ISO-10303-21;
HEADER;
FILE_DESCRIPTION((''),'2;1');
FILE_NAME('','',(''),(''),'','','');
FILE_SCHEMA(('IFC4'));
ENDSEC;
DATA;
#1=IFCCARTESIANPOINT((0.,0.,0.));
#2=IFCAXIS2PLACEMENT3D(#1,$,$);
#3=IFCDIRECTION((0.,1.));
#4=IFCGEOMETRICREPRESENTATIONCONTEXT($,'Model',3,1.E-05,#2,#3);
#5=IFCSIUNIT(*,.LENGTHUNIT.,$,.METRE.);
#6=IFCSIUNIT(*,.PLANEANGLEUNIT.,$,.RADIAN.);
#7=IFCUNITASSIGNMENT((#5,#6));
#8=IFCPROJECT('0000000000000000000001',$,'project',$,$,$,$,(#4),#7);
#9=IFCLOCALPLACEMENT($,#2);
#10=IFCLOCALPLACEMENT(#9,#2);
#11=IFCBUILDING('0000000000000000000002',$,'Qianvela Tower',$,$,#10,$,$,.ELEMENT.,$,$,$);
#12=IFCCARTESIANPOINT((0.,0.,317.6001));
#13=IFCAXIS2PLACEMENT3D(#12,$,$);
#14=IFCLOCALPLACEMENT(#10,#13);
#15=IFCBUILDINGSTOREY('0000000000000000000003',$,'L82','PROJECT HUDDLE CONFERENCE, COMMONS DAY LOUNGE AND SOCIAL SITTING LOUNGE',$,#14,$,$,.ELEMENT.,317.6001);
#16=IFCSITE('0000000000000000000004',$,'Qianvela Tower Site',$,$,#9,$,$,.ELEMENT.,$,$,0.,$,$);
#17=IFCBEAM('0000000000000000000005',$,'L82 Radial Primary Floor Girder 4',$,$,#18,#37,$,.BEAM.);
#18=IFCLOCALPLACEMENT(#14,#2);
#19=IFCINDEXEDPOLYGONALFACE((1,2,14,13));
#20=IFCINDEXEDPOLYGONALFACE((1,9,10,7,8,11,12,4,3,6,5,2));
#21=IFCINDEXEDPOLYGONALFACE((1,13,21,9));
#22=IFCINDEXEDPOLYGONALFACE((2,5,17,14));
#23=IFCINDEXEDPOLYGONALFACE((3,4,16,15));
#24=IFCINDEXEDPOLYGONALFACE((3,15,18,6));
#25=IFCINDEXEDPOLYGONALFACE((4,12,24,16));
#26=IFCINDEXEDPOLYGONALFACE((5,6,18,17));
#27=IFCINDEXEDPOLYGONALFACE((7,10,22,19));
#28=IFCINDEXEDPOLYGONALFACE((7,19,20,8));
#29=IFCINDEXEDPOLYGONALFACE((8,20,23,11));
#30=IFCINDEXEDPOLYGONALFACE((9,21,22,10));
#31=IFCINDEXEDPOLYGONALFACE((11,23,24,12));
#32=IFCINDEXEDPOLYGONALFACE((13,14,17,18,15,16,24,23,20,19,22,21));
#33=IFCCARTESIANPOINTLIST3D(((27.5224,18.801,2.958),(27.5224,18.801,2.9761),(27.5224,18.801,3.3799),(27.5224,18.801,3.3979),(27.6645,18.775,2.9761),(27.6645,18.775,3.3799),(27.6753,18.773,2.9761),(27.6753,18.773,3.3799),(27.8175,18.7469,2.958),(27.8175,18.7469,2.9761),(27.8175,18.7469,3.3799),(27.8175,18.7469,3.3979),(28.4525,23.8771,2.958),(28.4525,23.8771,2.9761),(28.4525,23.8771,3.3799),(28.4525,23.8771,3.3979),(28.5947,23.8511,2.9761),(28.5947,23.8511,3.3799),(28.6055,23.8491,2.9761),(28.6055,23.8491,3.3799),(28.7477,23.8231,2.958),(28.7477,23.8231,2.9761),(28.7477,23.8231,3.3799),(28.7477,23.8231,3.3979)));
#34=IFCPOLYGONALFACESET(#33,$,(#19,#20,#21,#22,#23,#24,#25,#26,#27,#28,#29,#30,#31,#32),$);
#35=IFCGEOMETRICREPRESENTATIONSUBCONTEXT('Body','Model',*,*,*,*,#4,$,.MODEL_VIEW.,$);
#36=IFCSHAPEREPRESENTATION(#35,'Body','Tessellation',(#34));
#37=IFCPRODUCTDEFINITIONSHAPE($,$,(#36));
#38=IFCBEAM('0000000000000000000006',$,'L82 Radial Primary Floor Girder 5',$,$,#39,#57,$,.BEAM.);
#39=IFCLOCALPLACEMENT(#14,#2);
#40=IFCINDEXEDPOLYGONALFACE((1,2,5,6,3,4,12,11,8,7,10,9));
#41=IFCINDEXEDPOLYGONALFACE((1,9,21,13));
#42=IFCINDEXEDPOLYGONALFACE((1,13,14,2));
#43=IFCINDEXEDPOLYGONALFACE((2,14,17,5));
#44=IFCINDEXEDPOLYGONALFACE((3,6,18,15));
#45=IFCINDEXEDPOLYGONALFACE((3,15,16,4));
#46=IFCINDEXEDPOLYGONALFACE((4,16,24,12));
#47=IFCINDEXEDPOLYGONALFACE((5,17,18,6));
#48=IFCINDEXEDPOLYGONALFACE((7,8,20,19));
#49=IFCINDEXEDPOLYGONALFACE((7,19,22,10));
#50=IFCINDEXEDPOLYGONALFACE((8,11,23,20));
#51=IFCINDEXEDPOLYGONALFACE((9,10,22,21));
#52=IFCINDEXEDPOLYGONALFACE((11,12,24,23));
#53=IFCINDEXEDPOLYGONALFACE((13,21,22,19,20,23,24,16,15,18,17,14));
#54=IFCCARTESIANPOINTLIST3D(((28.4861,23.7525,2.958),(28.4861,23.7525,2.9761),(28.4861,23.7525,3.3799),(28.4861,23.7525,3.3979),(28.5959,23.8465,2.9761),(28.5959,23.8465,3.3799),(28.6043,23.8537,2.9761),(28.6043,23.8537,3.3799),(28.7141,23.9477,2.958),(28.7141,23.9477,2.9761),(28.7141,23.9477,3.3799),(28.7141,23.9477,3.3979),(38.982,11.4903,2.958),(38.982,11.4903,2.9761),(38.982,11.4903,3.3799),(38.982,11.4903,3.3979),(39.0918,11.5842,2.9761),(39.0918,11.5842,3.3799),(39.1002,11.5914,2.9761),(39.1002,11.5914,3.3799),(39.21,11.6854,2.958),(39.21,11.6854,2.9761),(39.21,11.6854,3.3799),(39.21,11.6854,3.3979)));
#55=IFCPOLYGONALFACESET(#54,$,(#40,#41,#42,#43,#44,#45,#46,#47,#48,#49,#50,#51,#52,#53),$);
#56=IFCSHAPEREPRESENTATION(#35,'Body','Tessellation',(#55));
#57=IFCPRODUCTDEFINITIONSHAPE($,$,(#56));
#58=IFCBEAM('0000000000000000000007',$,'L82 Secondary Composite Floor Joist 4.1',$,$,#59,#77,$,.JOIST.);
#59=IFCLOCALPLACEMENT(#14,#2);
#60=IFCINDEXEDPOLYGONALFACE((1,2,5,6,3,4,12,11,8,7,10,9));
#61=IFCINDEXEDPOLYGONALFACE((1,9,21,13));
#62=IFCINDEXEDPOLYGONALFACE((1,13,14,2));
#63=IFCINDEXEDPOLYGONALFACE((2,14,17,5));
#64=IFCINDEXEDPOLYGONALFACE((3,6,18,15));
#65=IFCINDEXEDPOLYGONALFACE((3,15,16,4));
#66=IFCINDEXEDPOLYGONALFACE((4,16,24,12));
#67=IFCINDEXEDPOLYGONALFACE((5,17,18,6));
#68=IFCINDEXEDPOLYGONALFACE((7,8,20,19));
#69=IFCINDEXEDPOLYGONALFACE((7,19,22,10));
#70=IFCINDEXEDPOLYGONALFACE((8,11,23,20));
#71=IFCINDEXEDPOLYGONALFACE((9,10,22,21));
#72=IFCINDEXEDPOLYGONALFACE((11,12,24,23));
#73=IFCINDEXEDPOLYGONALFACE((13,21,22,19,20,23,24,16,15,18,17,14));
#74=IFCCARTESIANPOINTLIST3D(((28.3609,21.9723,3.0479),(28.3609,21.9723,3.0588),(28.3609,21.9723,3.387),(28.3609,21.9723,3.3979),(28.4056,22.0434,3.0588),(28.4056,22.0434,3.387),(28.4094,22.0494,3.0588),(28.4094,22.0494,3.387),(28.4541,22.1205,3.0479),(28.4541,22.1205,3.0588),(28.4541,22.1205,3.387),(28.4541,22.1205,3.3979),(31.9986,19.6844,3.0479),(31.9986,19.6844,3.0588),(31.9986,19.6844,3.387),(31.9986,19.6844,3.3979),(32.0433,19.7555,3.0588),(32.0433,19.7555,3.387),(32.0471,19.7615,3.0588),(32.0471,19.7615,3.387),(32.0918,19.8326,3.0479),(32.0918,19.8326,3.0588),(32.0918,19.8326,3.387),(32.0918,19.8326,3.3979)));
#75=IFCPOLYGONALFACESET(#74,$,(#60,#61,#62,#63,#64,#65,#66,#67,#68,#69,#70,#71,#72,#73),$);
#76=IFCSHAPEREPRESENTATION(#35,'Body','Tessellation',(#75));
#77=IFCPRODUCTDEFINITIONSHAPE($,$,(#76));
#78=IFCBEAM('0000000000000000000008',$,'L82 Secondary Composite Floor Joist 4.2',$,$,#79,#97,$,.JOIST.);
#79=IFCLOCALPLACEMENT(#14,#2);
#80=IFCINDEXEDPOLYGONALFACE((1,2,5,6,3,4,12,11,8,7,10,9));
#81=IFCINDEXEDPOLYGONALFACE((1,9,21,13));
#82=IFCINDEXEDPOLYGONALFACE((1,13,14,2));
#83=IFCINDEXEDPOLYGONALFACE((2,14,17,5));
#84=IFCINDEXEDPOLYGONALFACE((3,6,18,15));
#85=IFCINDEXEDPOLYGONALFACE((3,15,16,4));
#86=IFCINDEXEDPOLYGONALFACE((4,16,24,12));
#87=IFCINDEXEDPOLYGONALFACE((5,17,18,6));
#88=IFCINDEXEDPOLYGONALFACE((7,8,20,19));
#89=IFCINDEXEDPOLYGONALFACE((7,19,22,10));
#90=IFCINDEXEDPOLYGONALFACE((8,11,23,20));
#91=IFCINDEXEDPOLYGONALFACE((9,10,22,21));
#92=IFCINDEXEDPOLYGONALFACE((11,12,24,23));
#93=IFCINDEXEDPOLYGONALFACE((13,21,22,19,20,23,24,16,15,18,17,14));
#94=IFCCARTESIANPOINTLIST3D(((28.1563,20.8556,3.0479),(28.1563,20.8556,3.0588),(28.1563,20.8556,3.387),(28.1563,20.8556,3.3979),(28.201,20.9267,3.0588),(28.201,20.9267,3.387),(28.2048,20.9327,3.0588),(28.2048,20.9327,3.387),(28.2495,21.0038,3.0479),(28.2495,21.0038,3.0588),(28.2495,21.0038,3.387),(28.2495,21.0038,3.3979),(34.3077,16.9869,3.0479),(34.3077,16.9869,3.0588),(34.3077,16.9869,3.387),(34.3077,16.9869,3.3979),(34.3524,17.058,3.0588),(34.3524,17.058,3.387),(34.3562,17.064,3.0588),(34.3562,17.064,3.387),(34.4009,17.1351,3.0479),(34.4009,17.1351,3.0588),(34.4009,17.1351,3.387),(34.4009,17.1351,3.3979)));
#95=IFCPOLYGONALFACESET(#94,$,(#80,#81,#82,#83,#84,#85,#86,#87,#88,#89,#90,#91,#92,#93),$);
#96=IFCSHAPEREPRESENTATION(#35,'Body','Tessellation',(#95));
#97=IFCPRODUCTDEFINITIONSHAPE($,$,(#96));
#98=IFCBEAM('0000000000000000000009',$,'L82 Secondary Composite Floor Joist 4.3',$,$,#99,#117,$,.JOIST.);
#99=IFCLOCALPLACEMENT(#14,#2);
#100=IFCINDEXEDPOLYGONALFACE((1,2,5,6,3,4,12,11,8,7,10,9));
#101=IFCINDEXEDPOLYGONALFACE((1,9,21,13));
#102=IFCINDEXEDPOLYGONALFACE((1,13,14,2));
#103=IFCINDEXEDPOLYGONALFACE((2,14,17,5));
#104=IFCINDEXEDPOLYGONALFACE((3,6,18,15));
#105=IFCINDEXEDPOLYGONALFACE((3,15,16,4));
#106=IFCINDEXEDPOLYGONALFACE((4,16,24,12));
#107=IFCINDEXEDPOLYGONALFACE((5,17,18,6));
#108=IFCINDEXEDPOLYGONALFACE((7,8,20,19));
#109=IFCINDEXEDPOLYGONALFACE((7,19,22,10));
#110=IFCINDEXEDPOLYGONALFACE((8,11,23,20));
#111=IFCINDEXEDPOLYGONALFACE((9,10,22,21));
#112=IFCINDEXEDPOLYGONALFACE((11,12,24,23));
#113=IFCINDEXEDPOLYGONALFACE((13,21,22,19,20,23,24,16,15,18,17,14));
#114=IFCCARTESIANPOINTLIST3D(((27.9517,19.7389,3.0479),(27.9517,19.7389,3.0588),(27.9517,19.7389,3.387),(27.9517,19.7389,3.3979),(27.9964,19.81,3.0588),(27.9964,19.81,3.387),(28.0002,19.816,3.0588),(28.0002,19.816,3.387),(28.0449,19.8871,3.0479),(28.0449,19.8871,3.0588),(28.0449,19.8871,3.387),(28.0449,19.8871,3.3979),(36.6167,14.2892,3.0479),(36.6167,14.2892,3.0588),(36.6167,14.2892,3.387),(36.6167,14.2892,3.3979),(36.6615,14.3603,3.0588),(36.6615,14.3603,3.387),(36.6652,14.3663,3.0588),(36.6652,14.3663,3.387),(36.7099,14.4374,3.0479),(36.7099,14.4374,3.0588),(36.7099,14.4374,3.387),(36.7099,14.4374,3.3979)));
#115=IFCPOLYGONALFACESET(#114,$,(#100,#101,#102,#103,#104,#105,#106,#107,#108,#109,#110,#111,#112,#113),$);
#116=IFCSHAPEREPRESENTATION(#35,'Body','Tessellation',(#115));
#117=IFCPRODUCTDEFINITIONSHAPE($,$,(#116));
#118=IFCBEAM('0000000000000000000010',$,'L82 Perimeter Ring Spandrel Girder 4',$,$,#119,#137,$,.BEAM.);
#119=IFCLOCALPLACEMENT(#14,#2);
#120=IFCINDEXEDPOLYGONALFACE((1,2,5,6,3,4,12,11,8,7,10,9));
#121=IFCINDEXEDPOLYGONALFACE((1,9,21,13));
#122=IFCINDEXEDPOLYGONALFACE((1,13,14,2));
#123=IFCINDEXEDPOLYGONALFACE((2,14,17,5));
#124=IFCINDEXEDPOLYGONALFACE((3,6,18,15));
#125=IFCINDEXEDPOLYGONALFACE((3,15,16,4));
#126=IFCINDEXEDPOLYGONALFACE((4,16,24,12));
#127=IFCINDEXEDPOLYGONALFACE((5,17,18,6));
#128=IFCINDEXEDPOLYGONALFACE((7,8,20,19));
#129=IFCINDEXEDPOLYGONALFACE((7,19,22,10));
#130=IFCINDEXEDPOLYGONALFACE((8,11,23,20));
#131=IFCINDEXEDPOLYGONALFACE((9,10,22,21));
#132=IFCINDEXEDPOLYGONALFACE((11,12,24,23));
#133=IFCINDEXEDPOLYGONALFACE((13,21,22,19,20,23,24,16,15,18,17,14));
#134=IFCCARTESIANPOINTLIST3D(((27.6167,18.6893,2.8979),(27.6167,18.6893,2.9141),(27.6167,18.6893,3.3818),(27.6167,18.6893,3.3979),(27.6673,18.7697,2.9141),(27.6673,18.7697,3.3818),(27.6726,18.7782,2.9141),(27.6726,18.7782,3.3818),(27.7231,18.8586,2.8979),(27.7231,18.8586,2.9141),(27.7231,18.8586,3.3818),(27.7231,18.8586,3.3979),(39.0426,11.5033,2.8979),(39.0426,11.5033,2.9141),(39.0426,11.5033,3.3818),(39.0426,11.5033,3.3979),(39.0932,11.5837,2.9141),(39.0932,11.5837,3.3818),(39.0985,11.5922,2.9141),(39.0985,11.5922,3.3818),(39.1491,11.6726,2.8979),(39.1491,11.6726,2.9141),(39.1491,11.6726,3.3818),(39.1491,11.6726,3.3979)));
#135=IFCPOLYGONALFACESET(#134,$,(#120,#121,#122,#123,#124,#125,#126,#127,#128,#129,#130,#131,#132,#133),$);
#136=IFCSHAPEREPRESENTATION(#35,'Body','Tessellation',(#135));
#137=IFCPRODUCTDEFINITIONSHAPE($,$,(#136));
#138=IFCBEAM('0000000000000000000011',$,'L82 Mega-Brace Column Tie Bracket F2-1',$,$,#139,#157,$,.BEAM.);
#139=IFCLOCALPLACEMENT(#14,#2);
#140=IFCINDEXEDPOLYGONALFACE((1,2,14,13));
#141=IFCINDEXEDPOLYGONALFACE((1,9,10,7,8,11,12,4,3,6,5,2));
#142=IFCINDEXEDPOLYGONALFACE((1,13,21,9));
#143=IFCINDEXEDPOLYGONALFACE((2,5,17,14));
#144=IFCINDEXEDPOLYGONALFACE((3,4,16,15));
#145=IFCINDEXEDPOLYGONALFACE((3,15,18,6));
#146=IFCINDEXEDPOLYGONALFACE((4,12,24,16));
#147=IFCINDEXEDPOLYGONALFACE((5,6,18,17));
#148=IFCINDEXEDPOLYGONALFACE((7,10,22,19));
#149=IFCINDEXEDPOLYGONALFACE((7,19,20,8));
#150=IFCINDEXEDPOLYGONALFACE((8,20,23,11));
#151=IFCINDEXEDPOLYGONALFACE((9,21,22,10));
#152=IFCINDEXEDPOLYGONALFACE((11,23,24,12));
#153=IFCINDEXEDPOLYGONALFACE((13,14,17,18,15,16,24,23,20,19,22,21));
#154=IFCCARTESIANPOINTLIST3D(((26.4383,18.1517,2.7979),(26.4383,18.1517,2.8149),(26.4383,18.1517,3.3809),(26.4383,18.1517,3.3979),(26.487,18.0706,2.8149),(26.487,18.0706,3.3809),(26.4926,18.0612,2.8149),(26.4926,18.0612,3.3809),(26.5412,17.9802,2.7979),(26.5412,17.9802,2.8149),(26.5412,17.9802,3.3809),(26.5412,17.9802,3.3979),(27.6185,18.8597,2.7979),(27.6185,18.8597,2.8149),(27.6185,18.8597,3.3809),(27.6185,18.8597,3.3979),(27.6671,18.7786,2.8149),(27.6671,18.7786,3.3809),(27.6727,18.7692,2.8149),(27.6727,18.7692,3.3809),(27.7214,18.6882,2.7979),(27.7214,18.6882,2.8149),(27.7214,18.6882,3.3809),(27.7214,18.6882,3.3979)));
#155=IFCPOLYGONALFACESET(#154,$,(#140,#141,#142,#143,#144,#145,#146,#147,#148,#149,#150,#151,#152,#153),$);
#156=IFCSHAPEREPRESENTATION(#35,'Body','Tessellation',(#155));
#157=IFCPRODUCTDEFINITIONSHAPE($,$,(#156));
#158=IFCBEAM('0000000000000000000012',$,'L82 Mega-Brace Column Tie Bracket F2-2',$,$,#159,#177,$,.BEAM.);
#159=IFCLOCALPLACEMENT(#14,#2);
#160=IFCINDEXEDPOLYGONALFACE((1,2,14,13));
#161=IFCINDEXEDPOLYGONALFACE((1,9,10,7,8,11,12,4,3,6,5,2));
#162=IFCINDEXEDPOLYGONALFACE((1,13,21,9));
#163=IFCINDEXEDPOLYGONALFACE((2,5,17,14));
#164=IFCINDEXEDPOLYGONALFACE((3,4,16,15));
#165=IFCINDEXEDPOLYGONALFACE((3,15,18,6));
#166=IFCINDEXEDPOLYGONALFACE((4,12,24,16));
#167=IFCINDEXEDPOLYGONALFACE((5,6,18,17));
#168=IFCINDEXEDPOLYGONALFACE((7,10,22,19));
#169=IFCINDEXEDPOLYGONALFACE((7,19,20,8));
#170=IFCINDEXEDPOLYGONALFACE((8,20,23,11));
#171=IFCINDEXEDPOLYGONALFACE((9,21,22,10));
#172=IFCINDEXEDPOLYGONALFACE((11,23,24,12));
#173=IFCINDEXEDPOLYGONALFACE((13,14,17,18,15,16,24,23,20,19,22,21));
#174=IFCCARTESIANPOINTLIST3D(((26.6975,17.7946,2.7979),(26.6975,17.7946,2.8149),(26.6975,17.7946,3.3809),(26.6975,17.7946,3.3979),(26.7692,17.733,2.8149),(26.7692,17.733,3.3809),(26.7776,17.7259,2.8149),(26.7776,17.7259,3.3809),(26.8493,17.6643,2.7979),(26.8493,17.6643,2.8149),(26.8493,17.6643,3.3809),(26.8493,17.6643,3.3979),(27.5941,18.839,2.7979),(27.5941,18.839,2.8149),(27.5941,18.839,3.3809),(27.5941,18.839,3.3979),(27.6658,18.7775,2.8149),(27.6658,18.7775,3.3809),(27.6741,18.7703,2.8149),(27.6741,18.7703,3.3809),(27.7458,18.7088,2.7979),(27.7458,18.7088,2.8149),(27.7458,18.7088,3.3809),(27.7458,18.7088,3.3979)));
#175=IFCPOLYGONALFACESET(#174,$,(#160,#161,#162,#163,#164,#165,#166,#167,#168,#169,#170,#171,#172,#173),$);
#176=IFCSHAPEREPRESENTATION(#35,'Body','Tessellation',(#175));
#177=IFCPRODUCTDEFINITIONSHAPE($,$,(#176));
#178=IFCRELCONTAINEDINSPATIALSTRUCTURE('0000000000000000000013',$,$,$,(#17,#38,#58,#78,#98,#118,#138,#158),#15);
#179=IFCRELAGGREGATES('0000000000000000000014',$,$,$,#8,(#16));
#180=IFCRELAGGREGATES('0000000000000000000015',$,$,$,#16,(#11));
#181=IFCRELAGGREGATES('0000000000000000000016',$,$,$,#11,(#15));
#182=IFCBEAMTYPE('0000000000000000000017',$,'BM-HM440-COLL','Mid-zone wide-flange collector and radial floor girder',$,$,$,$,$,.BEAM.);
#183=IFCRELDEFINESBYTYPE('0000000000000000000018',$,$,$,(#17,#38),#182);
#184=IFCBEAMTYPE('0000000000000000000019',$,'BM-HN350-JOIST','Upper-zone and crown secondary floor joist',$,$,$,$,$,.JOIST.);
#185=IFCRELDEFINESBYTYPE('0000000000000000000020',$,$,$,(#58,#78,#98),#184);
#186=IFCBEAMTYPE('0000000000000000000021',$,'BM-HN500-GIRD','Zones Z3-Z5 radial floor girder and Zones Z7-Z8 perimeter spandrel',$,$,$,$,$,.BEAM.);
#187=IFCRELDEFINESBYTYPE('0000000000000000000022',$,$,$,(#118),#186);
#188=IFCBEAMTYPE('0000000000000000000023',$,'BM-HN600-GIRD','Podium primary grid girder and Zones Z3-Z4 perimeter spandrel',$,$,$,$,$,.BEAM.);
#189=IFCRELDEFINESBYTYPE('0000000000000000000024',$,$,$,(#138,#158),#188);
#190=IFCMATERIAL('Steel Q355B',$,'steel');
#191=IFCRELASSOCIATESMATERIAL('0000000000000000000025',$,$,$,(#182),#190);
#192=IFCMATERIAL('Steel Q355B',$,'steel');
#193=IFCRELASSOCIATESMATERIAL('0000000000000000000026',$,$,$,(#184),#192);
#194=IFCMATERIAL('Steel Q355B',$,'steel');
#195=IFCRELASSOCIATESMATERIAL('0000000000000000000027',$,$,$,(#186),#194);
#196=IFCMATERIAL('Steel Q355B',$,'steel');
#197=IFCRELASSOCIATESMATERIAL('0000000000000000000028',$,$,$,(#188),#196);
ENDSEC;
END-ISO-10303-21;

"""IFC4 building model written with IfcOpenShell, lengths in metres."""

from ifc_helpers import new_model, si_unit, direction, frame, origin, origin_2d, place, context, subcontext, project, spatial, i_section, extrude, material, material_profile, profile_set, type_object, element, save


model = new_model("IFC4")

# Units and contexts
model_context = context("Model", 3, precision=1e-05, world=origin(), true_north=direction((0.0, 1.0)))
body_context = subcontext(model_context, "Body", "Model", "MODEL_VIEW")
ifc_project = project(units=[si_unit("LENGTHUNIT", "METRE"), si_unit("PLANEANGLEUNIT", "RADIAN")], contexts=[model_context])

# Site, building, storey
site_placement = place(None, origin())
site = spatial("IfcSite", under=ifc_project, at=site_placement, Name="Qianvela Tower Site", CompositionType="ELEMENT", RefElevation=0.0)
building_placement = place(site_placement, origin())
building = spatial("IfcBuilding", under=site, at=building_placement, Name="Qianvela Tower", CompositionType="ELEMENT")
storey_placement = place(building_placement, frame((0.0, 0.0, 317.6001)))
storey = spatial("IfcBuildingStorey", under=building, at=storey_placement, Name="L82", Description="PROJECT HUDDLE CONFERENCE, COMMONS DAY LOUNGE AND SOCIAL SITTING LOUNGE", CompositionType="ELEMENT", Elevation=317.6001)

# Beams
ifc_material_1 = material(Name="Steel Q355B", Category="steel")
ifc_material_profile_1 = material_profile(ifc_material_1, i_section(OverallWidth=0.3, OverallDepth=0.4399, WebThickness=0.011, FlangeThickness=0.0181, at=origin_2d()), Name="HM440x300x11x18")
ifc_profile_set_1 = profile_set([ifc_material_profile_1], Name="Steel Q355B")
beam_type_1 = type_object("IfcBeamType", Name="BM-HM440-COLL", Description="Mid-zone wide-flange collector and radial floor girder", PredefinedType="BEAM", material=ifc_profile_set_1)
beam_1_placement = place(storey_placement, frame((28.6001, 23.8501, 3.178), z_axis=(-0.180242, -0.983622, 0.0), x_axis=(0.983622, -0.180242, 0.0)))
element("IfcBeam", 1, at=beam_1_placement, inside=storey, type_object=beam_type_1, Name="L82 Radial Primary Floor Girder 4", PredefinedType="BEAM", context=body_context, shape_type="SweptSolid", body=[
    extrude(i_section(OverallWidth=0.3, OverallDepth=0.4399, WebThickness=0.011, FlangeThickness=0.0181, at=origin_2d()), origin(), (0.0, 0.0, 1.0), 5.1606),
])
beam_2_placement = place(storey_placement, frame((28.6001, 23.8501, 3.178), z_axis=(0.650269, -0.759704, 0.0), x_axis=(0.759704, 0.650269, 0.0)))
element("IfcBeam", 2, at=beam_2_placement, inside=storey, type_object=beam_type_1, Name="L82 Radial Primary Floor Girder 5", PredefinedType="BEAM", context=body_context, shape_type="SweptSolid", body=[
    extrude(i_section(OverallWidth=0.3, OverallDepth=0.4399, WebThickness=0.011, FlangeThickness=0.0181, at=origin_2d()), origin(), (0.0, 0.0, 1.0), 16.1409),
])
ifc_material_2 = material(Name="Steel Q355B", Category="steel")
ifc_material_profile_2 = material_profile(ifc_material_2, i_section(OverallWidth=0.175, OverallDepth=0.3501, WebThickness=0.0071, FlangeThickness=0.011, at=origin_2d()), Name="HN350x175x7x11")
ifc_profile_set_2 = profile_set([ifc_material_profile_2], Name="Steel Q355B")
beam_type_2 = type_object("IfcBeamType", Name="BM-HN350-JOIST", Description="Upper-zone and crown secondary floor joist", PredefinedType="JOIST", material=ifc_profile_set_2)
beam_3_placement = place(storey_placement, frame((28.4075, 22.0464, 3.2229), z_axis=(0.846501, -0.532387, 0.0), x_axis=(0.532387, 0.846501, 0.0)))
element("IfcBeam", 3, at=beam_3_placement, inside=storey, type_object=beam_type_2, Name="L82 Secondary Composite Floor Joist 4.1", PredefinedType="JOIST", context=body_context, shape_type="SweptSolid", body=[
    extrude(i_section(OverallWidth=0.175, OverallDepth=0.3501, WebThickness=0.0071, FlangeThickness=0.011, at=origin_2d()), origin(), (0.0, 0.0, 1.0), 4.2974),
])
beam_4_placement = place(storey_placement, frame((28.2029, 20.9297, 3.2229), z_axis=(0.846508, -0.532377, 0.0), x_axis=(0.532377, 0.846508, 0.0)))
element("IfcBeam", 4, at=beam_4_placement, inside=storey, type_object=beam_type_2, Name="L82 Secondary Composite Floor Joist 4.2", PredefinedType="JOIST", context=body_context, shape_type="SweptSolid", body=[
    extrude(i_section(OverallWidth=0.175, OverallDepth=0.3501, WebThickness=0.0071, FlangeThickness=0.011, at=origin_2d()), origin(), (0.0, 0.0, 1.0), 7.2668),
])
beam_5_placement = place(storey_placement, frame((27.9983, 19.813, 3.2229), z_axis=(0.8465, -0.532389, 0.0), x_axis=(0.532389, 0.8465, 0.0)))
element("IfcBeam", 5, at=beam_5_placement, inside=storey, type_object=beam_type_2, Name="L82 Secondary Composite Floor Joist 4.3", PredefinedType="JOIST", context=body_context, shape_type="SweptSolid", body=[
    extrude(i_section(OverallWidth=0.175, OverallDepth=0.3501, WebThickness=0.0071, FlangeThickness=0.011, at=origin_2d()), origin(), (0.0, 0.0, 1.0), 10.2363),
])
ifc_material_3 = material(Name="Steel Q355B", Category="steel")
ifc_material_profile_3 = material_profile(ifc_material_3, i_section(OverallWidth=0.2, OverallDepth=0.5, WebThickness=0.01, FlangeThickness=0.0161, at=origin_2d()), Name="HN500x200x10x16")
ifc_profile_set_3 = profile_set([ifc_material_profile_3], Name="Steel Q355B")
beam_type_3 = type_object("IfcBeamType", Name="BM-HN500-GIRD", Description="Zones Z3-Z5 radial floor girder and Zones Z7-Z8 perimeter spandrel", PredefinedType="BEAM", material=ifc_profile_set_3)
beam_6_placement = place(storey_placement, frame((27.6699, 18.7739, 3.1479), z_axis=(0.846504, -0.532382, 0.0), x_axis=(0.532382, 0.846504, 0.0)))
element("IfcBeam", 6, at=beam_6_placement, inside=storey, type_object=beam_type_3, Name="L82 Perimeter Ring Spandrel Girder 4", PredefinedType="BEAM", context=body_context, shape_type="SweptSolid", body=[
    extrude(i_section(OverallWidth=0.2, OverallDepth=0.5, WebThickness=0.01, FlangeThickness=0.0161, at=origin_2d()), origin(), (0.0, 0.0, 1.0), 13.4978),
])
ifc_material_4 = material(Name="Steel Q355B", Category="steel")
ifc_material_profile_4 = material_profile(ifc_material_4, i_section(OverallWidth=0.2, OverallDepth=0.6001, WebThickness=0.011, FlangeThickness=0.0171, at=origin_2d()), Name="HN600x200x11x17")
ifc_profile_set_4 = profile_set([ifc_material_profile_4], Name="Steel Q355B")
beam_type_4 = type_object("IfcBeamType", Name="BM-HN600-GIRD", Description="Podium primary grid girder and Zones Z3-Z4 perimeter spandrel", PredefinedType="BEAM", material=ifc_profile_set_4)
beam_7_placement = place(storey_placement, frame((27.6699, 18.7739, 3.0979), z_axis=(-0.857524, -0.514444, 0.0), x_axis=(0.514444, -0.857524, 0.0)))
element("IfcBeam", 7, at=beam_7_placement, inside=storey, type_object=beam_type_4, Name="L82 Mega-Brace Column Tie Bracket F2-1", PredefinedType="BEAM", context=body_context, shape_type="SweptSolid", body=[
    extrude(i_section(OverallWidth=0.2, OverallDepth=0.6001, WebThickness=0.011, FlangeThickness=0.0171, at=origin_2d()), origin(), (0.0, 0.0, 1.0), 1.3762),
])
beam_8_placement = place(storey_placement, frame((27.6699, 18.7739, 3.0979), z_axis=(-0.651317, -0.758806, 0.0), x_axis=(0.758806, -0.651317, 0.0)))
element("IfcBeam", 8, at=beam_8_placement, inside=storey, type_object=beam_type_4, Name="L82 Mega-Brace Column Tie Bracket F2-2", PredefinedType="BEAM", context=body_context, shape_type="SweptSolid", body=[
    extrude(i_section(OverallWidth=0.2, OverallDepth=0.6001, WebThickness=0.011, FlangeThickness=0.0171, at=origin_2d()), origin(), (0.0, 0.0, 1.0), 1.3765),
])

save(model, "model.ifc")
